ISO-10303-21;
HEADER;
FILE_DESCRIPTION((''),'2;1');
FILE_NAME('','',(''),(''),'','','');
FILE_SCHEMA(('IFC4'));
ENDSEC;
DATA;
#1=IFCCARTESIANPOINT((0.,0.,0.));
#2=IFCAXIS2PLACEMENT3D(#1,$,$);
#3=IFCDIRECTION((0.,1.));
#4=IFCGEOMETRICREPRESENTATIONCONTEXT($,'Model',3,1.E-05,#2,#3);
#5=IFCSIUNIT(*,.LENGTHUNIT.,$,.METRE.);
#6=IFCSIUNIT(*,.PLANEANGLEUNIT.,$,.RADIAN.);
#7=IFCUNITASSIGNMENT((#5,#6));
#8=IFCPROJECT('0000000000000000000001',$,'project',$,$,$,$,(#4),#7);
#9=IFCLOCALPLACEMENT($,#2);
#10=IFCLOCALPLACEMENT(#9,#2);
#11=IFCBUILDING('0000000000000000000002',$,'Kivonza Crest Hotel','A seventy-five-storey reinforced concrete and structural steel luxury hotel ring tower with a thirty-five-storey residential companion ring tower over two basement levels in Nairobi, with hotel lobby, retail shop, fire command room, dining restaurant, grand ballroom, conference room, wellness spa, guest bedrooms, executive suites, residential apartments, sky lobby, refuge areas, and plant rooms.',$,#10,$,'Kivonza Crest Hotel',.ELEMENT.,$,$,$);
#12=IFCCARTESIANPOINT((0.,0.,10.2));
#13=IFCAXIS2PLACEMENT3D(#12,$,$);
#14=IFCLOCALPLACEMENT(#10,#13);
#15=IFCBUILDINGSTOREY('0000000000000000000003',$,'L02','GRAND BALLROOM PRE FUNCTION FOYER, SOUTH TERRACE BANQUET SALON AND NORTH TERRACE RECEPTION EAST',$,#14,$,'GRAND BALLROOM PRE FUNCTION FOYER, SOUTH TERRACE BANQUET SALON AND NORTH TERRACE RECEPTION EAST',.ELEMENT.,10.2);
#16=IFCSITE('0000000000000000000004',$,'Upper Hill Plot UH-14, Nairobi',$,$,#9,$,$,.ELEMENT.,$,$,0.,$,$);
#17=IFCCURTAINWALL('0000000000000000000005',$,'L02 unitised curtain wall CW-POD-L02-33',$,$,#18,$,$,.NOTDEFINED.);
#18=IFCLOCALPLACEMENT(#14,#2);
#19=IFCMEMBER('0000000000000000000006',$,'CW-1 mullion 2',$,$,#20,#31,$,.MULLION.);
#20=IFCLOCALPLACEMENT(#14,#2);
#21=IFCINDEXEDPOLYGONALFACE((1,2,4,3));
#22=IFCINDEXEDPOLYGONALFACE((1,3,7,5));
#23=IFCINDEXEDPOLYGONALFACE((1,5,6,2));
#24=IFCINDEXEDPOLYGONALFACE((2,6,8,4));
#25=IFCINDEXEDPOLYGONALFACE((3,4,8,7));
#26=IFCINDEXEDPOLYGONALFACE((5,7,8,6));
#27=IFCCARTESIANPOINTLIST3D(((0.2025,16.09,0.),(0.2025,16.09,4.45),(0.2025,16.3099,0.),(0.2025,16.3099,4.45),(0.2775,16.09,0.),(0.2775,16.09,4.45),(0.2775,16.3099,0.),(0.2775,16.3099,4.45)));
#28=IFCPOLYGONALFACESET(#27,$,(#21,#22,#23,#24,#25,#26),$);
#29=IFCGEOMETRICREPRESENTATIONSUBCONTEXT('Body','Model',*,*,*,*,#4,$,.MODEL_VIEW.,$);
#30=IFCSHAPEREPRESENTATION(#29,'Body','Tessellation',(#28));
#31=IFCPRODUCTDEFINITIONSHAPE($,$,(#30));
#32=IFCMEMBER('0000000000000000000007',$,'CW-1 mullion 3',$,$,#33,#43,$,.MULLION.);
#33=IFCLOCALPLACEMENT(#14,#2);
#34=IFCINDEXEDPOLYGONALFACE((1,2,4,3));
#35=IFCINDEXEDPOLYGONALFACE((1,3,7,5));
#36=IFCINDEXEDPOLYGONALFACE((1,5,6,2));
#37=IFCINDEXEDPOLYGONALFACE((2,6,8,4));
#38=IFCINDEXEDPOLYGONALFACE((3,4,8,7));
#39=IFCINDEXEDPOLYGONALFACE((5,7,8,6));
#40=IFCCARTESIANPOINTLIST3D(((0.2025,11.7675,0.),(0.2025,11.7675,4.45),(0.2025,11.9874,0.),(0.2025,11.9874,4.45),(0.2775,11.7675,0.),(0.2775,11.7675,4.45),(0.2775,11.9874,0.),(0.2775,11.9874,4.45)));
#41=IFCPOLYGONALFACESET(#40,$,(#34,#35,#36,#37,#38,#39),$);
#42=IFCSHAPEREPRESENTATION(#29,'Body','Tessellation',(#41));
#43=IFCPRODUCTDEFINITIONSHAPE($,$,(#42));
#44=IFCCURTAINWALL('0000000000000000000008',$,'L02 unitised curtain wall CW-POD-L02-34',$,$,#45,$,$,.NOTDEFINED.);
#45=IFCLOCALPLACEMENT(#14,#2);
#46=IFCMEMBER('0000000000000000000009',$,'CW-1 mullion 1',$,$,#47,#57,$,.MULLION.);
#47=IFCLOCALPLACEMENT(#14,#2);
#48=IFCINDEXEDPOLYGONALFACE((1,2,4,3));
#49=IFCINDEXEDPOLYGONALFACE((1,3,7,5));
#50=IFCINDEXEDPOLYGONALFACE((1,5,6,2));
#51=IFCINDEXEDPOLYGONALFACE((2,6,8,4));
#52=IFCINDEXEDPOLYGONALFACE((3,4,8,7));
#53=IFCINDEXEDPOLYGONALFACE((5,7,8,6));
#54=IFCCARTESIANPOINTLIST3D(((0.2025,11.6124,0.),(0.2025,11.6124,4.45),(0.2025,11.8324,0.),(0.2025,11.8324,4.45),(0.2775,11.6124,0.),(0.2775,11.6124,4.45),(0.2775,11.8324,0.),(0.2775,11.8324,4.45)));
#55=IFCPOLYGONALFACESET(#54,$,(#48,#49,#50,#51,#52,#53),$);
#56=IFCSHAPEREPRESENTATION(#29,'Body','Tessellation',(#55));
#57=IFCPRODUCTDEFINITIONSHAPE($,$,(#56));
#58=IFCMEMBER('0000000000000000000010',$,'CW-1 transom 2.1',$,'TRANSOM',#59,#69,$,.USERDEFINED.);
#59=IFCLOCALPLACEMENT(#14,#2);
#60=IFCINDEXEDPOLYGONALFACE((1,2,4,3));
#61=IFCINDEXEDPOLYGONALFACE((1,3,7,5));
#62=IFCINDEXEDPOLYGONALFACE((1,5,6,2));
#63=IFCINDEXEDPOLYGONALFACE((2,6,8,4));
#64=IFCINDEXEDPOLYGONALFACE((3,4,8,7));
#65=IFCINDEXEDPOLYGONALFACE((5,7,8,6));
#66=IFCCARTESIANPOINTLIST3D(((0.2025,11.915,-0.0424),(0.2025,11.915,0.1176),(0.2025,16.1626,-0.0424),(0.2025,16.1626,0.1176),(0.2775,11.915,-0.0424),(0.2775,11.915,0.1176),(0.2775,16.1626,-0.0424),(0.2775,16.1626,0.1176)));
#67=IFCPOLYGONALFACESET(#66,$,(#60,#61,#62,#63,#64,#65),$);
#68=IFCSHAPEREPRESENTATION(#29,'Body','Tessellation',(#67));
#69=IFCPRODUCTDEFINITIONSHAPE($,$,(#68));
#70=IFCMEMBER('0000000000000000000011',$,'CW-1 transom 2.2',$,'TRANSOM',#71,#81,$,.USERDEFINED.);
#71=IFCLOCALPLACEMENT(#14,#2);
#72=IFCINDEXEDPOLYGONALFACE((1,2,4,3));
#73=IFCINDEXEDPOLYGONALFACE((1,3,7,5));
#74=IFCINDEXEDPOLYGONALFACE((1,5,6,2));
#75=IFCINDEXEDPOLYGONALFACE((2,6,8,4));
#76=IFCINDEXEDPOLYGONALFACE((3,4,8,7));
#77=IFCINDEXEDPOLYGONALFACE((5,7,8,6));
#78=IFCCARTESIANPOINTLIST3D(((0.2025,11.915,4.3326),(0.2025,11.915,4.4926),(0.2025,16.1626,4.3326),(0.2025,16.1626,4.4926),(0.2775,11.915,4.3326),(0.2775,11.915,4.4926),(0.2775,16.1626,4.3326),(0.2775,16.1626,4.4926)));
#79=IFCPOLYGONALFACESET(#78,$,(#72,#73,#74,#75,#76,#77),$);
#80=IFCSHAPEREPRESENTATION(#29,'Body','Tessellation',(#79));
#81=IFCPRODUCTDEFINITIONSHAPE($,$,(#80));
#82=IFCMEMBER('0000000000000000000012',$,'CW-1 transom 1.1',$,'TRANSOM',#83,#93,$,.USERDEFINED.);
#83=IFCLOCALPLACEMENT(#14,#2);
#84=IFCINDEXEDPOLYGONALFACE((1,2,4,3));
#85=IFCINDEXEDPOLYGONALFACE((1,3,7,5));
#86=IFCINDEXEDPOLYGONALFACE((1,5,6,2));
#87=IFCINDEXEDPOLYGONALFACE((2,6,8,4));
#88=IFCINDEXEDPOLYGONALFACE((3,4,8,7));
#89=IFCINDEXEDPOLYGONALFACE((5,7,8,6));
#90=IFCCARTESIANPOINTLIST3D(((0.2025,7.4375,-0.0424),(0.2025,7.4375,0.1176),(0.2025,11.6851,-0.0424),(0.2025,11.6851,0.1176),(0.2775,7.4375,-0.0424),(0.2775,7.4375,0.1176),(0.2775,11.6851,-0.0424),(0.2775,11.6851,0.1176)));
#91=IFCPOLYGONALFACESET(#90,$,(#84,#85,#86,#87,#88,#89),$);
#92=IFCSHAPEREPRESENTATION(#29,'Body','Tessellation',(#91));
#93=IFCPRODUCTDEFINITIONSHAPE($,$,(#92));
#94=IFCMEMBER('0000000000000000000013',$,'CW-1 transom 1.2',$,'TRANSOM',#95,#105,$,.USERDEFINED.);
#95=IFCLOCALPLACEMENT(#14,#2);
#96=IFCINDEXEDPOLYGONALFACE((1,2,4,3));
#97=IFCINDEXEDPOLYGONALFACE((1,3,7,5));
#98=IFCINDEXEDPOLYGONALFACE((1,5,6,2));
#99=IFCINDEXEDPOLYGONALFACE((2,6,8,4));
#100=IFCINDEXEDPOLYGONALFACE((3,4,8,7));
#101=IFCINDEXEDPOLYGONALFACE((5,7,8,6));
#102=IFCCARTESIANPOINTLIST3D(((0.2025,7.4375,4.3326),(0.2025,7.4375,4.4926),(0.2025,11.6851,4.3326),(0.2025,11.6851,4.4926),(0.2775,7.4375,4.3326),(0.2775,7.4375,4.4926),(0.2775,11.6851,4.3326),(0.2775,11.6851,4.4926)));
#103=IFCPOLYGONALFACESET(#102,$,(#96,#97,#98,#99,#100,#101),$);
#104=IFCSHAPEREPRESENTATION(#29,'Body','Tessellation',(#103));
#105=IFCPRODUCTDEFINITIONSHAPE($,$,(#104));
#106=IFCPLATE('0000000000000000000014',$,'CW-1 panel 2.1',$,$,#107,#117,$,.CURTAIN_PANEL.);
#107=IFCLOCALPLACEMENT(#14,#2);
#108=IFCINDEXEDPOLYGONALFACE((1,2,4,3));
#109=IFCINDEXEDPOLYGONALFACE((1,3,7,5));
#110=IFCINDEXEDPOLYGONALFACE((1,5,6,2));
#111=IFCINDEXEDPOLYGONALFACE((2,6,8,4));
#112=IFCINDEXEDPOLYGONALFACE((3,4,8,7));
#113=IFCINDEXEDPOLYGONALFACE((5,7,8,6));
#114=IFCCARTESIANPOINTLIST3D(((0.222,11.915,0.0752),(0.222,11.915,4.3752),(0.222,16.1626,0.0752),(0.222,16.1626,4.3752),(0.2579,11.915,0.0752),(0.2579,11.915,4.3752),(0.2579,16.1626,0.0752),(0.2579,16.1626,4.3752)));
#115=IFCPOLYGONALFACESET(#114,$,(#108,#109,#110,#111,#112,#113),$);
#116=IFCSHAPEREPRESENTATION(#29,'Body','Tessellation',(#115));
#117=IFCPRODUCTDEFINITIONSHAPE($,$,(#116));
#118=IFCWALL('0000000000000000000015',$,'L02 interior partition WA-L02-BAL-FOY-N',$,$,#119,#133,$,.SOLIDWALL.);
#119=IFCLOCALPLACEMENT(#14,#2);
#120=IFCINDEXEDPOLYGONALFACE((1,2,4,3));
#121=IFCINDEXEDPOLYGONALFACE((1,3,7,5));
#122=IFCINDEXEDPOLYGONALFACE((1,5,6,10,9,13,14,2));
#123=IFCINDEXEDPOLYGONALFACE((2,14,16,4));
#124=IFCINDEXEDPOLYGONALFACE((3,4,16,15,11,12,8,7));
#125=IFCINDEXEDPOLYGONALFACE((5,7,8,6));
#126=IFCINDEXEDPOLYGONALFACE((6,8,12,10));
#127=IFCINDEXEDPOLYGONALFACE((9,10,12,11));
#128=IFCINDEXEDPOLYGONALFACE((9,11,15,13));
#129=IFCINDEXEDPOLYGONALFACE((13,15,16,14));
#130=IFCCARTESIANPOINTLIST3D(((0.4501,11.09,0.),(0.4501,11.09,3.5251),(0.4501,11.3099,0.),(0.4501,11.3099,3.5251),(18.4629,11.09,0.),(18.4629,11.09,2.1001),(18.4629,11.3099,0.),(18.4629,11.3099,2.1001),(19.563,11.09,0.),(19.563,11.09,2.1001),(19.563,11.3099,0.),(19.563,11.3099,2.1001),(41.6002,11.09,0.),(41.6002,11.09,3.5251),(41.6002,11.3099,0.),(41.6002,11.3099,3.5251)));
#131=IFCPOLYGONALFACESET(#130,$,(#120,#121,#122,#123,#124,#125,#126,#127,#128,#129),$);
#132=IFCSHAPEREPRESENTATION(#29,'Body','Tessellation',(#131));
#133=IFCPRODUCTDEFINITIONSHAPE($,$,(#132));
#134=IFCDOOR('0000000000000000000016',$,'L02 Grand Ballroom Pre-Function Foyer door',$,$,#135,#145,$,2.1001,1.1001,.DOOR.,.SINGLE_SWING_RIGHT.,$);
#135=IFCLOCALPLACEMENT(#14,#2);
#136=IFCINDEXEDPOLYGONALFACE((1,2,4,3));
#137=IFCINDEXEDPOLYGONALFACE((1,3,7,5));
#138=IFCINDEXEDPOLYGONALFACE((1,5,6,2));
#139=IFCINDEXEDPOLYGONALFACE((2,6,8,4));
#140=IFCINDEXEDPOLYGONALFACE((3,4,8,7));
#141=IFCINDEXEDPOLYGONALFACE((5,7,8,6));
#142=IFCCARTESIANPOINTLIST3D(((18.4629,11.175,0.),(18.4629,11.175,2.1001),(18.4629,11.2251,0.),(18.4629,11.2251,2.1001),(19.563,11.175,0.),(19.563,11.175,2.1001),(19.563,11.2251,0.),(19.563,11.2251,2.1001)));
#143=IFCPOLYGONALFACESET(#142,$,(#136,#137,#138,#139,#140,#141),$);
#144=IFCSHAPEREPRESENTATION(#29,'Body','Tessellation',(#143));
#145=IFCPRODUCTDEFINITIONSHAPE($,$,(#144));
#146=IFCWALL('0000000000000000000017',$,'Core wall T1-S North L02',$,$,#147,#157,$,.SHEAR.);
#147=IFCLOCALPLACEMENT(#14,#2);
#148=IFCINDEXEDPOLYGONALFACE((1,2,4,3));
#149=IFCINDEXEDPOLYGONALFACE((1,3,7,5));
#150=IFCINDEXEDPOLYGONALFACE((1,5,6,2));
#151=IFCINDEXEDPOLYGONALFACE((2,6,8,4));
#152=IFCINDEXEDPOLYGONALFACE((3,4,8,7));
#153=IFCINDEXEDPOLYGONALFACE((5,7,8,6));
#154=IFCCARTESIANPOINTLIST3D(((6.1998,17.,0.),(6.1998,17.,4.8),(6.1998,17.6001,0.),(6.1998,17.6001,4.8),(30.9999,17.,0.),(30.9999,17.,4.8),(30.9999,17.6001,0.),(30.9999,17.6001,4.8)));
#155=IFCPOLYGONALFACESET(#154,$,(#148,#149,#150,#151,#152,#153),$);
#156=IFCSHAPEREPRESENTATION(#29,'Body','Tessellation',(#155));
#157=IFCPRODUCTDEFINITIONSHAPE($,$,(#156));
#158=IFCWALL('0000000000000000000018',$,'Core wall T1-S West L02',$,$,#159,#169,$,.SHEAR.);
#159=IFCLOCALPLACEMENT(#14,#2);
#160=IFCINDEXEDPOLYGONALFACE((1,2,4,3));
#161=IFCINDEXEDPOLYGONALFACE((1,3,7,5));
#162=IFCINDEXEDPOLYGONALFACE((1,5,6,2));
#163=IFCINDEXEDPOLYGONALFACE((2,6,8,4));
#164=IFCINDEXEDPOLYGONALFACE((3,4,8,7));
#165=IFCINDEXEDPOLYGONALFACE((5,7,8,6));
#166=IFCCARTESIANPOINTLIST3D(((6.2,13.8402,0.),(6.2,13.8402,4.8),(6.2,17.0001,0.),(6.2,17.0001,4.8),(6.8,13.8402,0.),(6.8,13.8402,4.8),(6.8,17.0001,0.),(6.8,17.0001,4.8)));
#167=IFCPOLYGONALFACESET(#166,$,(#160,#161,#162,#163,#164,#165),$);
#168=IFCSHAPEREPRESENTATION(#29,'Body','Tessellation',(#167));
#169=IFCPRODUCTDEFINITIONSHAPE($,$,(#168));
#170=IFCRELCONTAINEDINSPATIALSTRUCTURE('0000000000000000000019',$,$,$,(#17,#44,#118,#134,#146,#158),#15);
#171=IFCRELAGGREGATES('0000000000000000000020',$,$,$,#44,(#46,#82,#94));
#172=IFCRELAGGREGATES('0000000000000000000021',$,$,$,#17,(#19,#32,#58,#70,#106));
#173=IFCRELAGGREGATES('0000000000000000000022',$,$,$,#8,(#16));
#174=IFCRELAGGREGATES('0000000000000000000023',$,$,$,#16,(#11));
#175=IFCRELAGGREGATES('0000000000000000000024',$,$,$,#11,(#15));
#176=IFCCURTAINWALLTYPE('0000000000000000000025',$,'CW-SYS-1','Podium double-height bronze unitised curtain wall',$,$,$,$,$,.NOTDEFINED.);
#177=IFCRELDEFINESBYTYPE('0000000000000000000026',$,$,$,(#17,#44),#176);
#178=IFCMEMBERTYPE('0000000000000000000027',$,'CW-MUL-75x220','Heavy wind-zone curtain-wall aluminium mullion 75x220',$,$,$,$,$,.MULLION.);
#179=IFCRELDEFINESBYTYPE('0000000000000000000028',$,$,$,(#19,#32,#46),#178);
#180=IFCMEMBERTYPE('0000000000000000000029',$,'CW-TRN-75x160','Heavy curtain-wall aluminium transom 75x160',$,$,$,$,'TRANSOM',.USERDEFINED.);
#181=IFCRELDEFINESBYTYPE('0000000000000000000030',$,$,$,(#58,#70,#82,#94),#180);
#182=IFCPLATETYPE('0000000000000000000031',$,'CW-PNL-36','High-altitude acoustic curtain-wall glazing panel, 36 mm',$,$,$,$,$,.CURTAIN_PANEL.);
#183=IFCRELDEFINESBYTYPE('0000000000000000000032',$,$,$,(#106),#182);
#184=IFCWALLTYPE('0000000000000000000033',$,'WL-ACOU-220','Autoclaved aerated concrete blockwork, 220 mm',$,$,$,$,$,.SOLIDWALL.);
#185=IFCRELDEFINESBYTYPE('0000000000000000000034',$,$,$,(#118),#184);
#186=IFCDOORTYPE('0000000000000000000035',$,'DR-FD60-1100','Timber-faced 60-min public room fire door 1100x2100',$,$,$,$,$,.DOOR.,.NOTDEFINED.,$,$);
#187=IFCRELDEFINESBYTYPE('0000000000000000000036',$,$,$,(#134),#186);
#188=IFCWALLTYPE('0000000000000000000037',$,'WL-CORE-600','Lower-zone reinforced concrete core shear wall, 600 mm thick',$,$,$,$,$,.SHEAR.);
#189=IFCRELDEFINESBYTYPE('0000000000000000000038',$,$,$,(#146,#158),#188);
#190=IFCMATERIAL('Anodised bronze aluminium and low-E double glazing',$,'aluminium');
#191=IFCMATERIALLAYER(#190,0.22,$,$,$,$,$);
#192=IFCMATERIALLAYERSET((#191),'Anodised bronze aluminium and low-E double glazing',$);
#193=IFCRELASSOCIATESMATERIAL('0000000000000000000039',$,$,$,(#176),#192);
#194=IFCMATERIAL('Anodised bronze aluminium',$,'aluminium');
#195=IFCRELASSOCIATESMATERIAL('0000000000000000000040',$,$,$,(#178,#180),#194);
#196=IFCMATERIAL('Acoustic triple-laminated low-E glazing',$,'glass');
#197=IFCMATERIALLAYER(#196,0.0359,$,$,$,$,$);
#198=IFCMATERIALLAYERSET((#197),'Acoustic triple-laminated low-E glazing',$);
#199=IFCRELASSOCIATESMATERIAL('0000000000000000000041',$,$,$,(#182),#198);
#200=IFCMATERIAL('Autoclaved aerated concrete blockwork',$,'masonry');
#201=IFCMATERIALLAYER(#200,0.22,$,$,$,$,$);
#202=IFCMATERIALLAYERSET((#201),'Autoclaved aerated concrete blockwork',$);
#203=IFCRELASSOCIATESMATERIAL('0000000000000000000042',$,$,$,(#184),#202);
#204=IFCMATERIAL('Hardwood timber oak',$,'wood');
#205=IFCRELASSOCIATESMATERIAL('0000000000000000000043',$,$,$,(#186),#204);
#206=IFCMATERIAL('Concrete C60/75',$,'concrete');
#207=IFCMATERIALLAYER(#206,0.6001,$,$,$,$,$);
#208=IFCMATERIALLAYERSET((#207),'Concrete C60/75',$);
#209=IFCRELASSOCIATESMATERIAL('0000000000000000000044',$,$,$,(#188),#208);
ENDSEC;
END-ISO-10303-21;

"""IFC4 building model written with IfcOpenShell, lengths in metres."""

from ifc_helpers import new_model, si_unit, direction, frame, frame_2d, origin, origin_2d, place, context, subcontext, project, spatial, rectangle, extrude, material, layer, layer_set, material_profile, profile_set, type_object, element, fill, aggregate, save


model = new_model("IFC4")

# Units and contexts
model_context = context("Model", 3, precision=1e-05, world=origin(), true_north=direction((0.0, 1.0)))
body_context = subcontext(model_context, "Body", "Model", "MODEL_VIEW")
ifc_project = project(units=[si_unit("LENGTHUNIT", "METRE"), si_unit("PLANEANGLEUNIT", "RADIAN")], contexts=[model_context])

# Site, building, storey
site_placement = place(None, origin())
site = spatial("IfcSite", under=ifc_project, at=site_placement, Name="Upper Hill Plot UH-14, Nairobi", CompositionType="ELEMENT", RefElevation=0.0)
building_placement = place(site_placement, origin())
building = spatial("IfcBuilding", under=site, at=building_placement, Name="Kivonza Crest Hotel", Description="A seventy-five-storey reinforced concrete and structural steel luxury hotel ring tower with a thirty-five-storey residential companion ring tower over two basement levels in Nairobi, with hotel lobby, retail shop, fire command room, dining restaurant, grand ballroom, conference room, wellness spa, guest bedrooms, executive suites, residential apartments, sky lobby, refuge areas, and plant rooms.", LongName="Kivonza Crest Hotel", CompositionType="ELEMENT")
storey_placement = place(building_placement, frame((0.0, 0.0, 10.2)))
storey = spatial("IfcBuildingStorey", under=building, at=storey_placement, Name="L02", Description="GRAND BALLROOM PRE FUNCTION FOYER, SOUTH TERRACE BANQUET SALON AND NORTH TERRACE RECEPTION EAST", LongName="GRAND BALLROOM PRE FUNCTION FOYER, SOUTH TERRACE BANQUET SALON AND NORTH TERRACE RECEPTION EAST", CompositionType="ELEMENT", Elevation=10.2)

# Curtain wall, members
ifc_material_1 = material(Name="Anodised bronze aluminium and low-E double glazing", Category="aluminium")
ifc_layer_1 = layer(ifc_material_1, 0.22)
ifc_layer_set_1 = layer_set([ifc_layer_1], Name="Anodised bronze aluminium and low-E double glazing")
curtain_wall_type = type_object("IfcCurtainWallType", Name="CW-SYS-1", Description="Podium double-height bronze unitised curtain wall", PredefinedType="NOTDEFINED", material=ifc_layer_set_1)
curtain_wall_1_placement = place(storey_placement, origin())
curtain_wall_1 = element("IfcCurtainWall", 1, at=curtain_wall_1_placement, inside=storey, type_object=curtain_wall_type, Name="L02 unitised curtain wall CW-POD-L02-33", PredefinedType="NOTDEFINED")
ifc_material_2 = material(Name="Anodised bronze aluminium", Category="aluminium")
ifc_material_profile_1 = material_profile(ifc_material_2, rectangle(XDim=0.075, YDim=0.22, at=origin_2d()), Name="CW-M 75x220")
ifc_profile_set_1 = profile_set([ifc_material_profile_1], Name="Anodised bronze aluminium")
member_type_1 = type_object("IfcMemberType", Name="CW-MUL-75x220", Description="Heavy wind-zone curtain-wall aluminium mullion 75x220", PredefinedType="MULLION", material=ifc_profile_set_1)
member_1_placement = place(storey_placement, frame((0.24, 16.2, 0.0), z_axis=(0.0, 0.0, 1.0), x_axis=(1.0, 0.0, 0.0)))
member_1 = element("IfcMember", 2, at=member_1_placement, type_object=member_type_1, Name="CW-1 mullion 2", PredefinedType="MULLION", context=body_context, shape_type="SweptSolid", body=[
    extrude(rectangle(XDim=0.075, YDim=0.22, at=origin_2d()), origin(), (0.0, 0.0, 1.0), 4.45),
])
member_2_placement = place(storey_placement, frame((0.24, 11.8774, 0.0), z_axis=(0.0, 0.0, 1.0), x_axis=(1.0, 0.0, 0.0)))
member_2 = element("IfcMember", 3, at=member_2_placement, type_object=member_type_1, Name="CW-1 mullion 3", PredefinedType="MULLION", context=body_context, shape_type="SweptSolid", body=[
    extrude(rectangle(XDim=0.075, YDim=0.22, at=origin_2d()), origin(), (0.0, 0.0, 1.0), 4.45),
])

# Curtain wall, member
curtain_wall_2_placement = place(storey_placement, origin())
curtain_wall_2 = element("IfcCurtainWall", 4, at=curtain_wall_2_placement, inside=storey, type_object=curtain_wall_type, Name="L02 unitised curtain wall CW-POD-L02-34", PredefinedType="NOTDEFINED")
member_3_placement = place(storey_placement, frame((0.24, 11.7224, 0.0), z_axis=(0.0, 0.0, 1.0), x_axis=(1.0, 0.0, 0.0)))
member_3 = element("IfcMember", 5, at=member_3_placement, type_object=member_type_1, Name="CW-1 mullion 1", PredefinedType="MULLION", context=body_context, shape_type="SweptSolid", body=[
    extrude(rectangle(XDim=0.075, YDim=0.22, at=origin_2d()), origin(), (0.0, 0.0, 1.0), 4.45),
])

# Members
ifc_material_profile_2 = material_profile(ifc_material_2, rectangle(XDim=0.075, YDim=0.1599, at=origin_2d()), Name="CW-T 75x160")
ifc_profile_set_2 = profile_set([ifc_material_profile_2], Name="Anodised bronze aluminium")
member_type_2 = type_object("IfcMemberType", Name="CW-TRN-75x160", Description="Heavy curtain-wall aluminium transom 75x160", ElementType="TRANSOM", PredefinedType="USERDEFINED", material=ifc_profile_set_2)
member_4_placement = place(storey_placement, frame((0.24, 16.1626, 0.0376), z_axis=(0.0, -1.0, 0.0), x_axis=(1.0, 0.0, 0.0)))
member_4 = element("IfcMember", 6, at=member_4_placement, type_object=member_type_2, Name="CW-1 transom 2.1", ObjectType="TRANSOM", PredefinedType="USERDEFINED", context=body_context, shape_type="SweptSolid", body=[
    extrude(rectangle(XDim=0.075, YDim=0.1599, at=origin_2d()), origin(), (0.0, 0.0, 1.0), 4.2476),
])
member_5_placement = place(storey_placement, frame((0.24, 16.1626, 4.4126), z_axis=(0.0, -1.0, 0.0), x_axis=(1.0, 0.0, 0.0)))
member_5 = element("IfcMember", 7, at=member_5_placement, type_object=member_type_2, Name="CW-1 transom 2.2", ObjectType="TRANSOM", PredefinedType="USERDEFINED", context=body_context, shape_type="SweptSolid", body=[
    extrude(rectangle(XDim=0.075, YDim=0.1599, at=origin_2d()), origin(), (0.0, 0.0, 1.0), 4.2476),
])
member_6_placement = place(storey_placement, frame((0.24, 11.6851, 0.0376), z_axis=(0.0, -1.0, 0.0), x_axis=(1.0, 0.0, 0.0)))
member_6 = element("IfcMember", 8, at=member_6_placement, type_object=member_type_2, Name="CW-1 transom 1.1", ObjectType="TRANSOM", PredefinedType="USERDEFINED", context=body_context, shape_type="SweptSolid", body=[
    extrude(rectangle(XDim=0.075, YDim=0.1599, at=origin_2d()), origin(), (0.0, 0.0, 1.0), 4.2476),
])
member_7_placement = place(storey_placement, frame((0.24, 11.6851, 4.4126), z_axis=(0.0, -1.0, 0.0), x_axis=(1.0, 0.0, 0.0)))
member_7 = element("IfcMember", 9, at=member_7_placement, type_object=member_type_2, Name="CW-1 transom 1.2", ObjectType="TRANSOM", PredefinedType="USERDEFINED", context=body_context, shape_type="SweptSolid", body=[
    extrude(rectangle(XDim=0.075, YDim=0.1599, at=origin_2d()), origin(), (0.0, 0.0, 1.0), 4.2476),
])
aggregate(curtain_wall_2, [member_3, member_6, member_7])

# Plate
ifc_material_3 = material(Name="Acoustic triple-laminated low-E glazing", Category="glass")
ifc_layer_2 = layer(ifc_material_3, 0.0359)
ifc_layer_set_2 = layer_set([ifc_layer_2], Name="Acoustic triple-laminated low-E glazing")
plate_type = type_object("IfcPlateType", Name="CW-PNL-36", Description="High-altitude acoustic curtain-wall glazing panel, 36 mm", PredefinedType="CURTAIN_PANEL", material=ifc_layer_set_2)
plate_placement = place(storey_placement, frame((0.24, 14.0388, 0.0752), z_axis=(0.0, 0.0, 1.0), x_axis=(0.0, -1.0, 0.0)))
plate = element("IfcPlate", 10, at=plate_placement, type_object=plate_type, Name="CW-1 panel 2.1", PredefinedType="CURTAIN_PANEL", context=body_context, shape_type="SweptSolid", body=[
    extrude(rectangle(XDim=4.2476, YDim=0.0359, at=origin_2d()), origin(), (0.0, 0.0, 1.0), 4.3),
])
aggregate(curtain_wall_1, [member_1, member_2, member_4, member_5, plate])

# Wall, opening, door
ifc_material_4 = material(Name="Autoclaved aerated concrete blockwork", Category="masonry")
ifc_layer_3 = layer(ifc_material_4, 0.22)
ifc_layer_set_3 = layer_set([ifc_layer_3], Name="Autoclaved aerated concrete blockwork")
wall_type_1 = type_object("IfcWallType", Name="WL-ACOU-220", Description="Autoclaved aerated concrete blockwork, 220 mm", PredefinedType="SOLIDWALL", material=ifc_layer_set_3)
wall_1_placement = place(storey_placement, frame((0.45, 11.2, 0.0), z_axis=(0.0, 0.0, 1.0), x_axis=(1.0, 0.0, 0.0)))
wall_1 = element("IfcWall", 11, at=wall_1_placement, inside=storey, type_object=wall_type_1, Name="L02 interior partition WA-L02-BAL-FOY-N", PredefinedType="SOLIDWALL", context=body_context, shape_type="SweptSolid", body=[
    extrude(rectangle(XDim=41.1501, YDim=0.22, at=frame_2d((20.5752, 0.0))), origin(), (0.0, 0.0, 1.0), 3.5251),
])
opening_1_placement = place(wall_1_placement, frame((18.0129, 0.0, 0.0)))
opening_1 = element("IfcOpeningElement", 12, at=opening_1_placement, cuts=wall_1, PredefinedType="OPENING", context=body_context, shape_type="SweptSolid", body=[
    extrude(rectangle(XDim=1.1001, YDim=2.1001, at=frame_2d((0.55, 1.05))), frame((0.0, 0.1201, 0.0), z_axis=(0.0, -1.0, 0.0), x_axis=(1.0, 0.0, 0.0)), (0.0, 0.0, 1.0), 0.24),
])
ifc_material_5 = material(Name="Hardwood timber oak", Category="wood")
door_type_1 = type_object("IfcDoorType", Name="DR-FD60-1100", Description="Timber-faced 60-min public room fire door 1100x2100", OperationType="NOTDEFINED", PredefinedType="DOOR", material=ifc_material_5)
door_1_placement = place(opening_1_placement, frame((1.1001, 0.0, 0.0), z_axis=(0.0, 0.0, 1.0), x_axis=(-1.0, 0.0, 0.0)))
door_1 = element("IfcDoor", 13, at=door_1_placement, inside=storey, type_object=door_type_1, Name="L02 Grand Ballroom Pre-Function Foyer door", OperationType="SINGLE_SWING_RIGHT", OverallHeight=2.1001, OverallWidth=1.1001, PredefinedType="DOOR", context=body_context, shape_type="SweptSolid", body=[
    extrude(rectangle(XDim=1.1001, YDim=2.1001, at=frame_2d((0.55, 1.05))), frame((0.0, 0.0249, 0.0), z_axis=(0.0, -1.0, 0.0), x_axis=(1.0, 0.0, 0.0)), (0.0, 0.0, 1.0), 0.05),
])
fill(opening_1, door_1)

# Shared definitions
ifc_material_6 = material(Name="Concrete C60/75", Category="concrete")
ifc_layer_4 = layer(ifc_material_6, 0.6001)
ifc_layer_set_4 = layer_set([ifc_layer_4], Name="Concrete C60/75")
wall_type_2 = type_object("IfcWallType", Name="WL-CORE-600", Description="Lower-zone reinforced concrete core shear wall, 600 mm thick", PredefinedType="SHEAR", material=ifc_layer_set_4)

# Walls
wall_2_placement = place(storey_placement, frame((6.2, 17.3, 0.0), z_axis=(0.0, 0.0, 1.0), x_axis=(1.0, 0.0, 0.0)))
element("IfcWall", 14, at=wall_2_placement, inside=storey, type_object=wall_type_2, Name="Core wall T1-S North L02", PredefinedType="SHEAR", context=body_context, shape_type="SweptSolid", body=[
    extrude(rectangle(XDim=24.8, YDim=0.6001, at=frame_2d((12.3999, 0.0))), origin(), (0.0, 0.0, 1.0), 4.8),
])
wall_3_placement = place(storey_placement, frame((6.5, 13.8401, 0.0), z_axis=(0.0, 0.0, 1.0), x_axis=(0.0, 1.0, 0.0)))
element("IfcWall", 15, at=wall_3_placement, inside=storey, type_object=wall_type_2, Name="Core wall T1-S West L02", PredefinedType="SHEAR", context=body_context, shape_type="SweptSolid", body=[
    extrude(rectangle(XDim=3.1599, YDim=0.6001, at=frame_2d((1.5801, 0.0))), origin(), (0.0, 0.0, 1.0), 4.8),
])

save(model, "model.ifc")
